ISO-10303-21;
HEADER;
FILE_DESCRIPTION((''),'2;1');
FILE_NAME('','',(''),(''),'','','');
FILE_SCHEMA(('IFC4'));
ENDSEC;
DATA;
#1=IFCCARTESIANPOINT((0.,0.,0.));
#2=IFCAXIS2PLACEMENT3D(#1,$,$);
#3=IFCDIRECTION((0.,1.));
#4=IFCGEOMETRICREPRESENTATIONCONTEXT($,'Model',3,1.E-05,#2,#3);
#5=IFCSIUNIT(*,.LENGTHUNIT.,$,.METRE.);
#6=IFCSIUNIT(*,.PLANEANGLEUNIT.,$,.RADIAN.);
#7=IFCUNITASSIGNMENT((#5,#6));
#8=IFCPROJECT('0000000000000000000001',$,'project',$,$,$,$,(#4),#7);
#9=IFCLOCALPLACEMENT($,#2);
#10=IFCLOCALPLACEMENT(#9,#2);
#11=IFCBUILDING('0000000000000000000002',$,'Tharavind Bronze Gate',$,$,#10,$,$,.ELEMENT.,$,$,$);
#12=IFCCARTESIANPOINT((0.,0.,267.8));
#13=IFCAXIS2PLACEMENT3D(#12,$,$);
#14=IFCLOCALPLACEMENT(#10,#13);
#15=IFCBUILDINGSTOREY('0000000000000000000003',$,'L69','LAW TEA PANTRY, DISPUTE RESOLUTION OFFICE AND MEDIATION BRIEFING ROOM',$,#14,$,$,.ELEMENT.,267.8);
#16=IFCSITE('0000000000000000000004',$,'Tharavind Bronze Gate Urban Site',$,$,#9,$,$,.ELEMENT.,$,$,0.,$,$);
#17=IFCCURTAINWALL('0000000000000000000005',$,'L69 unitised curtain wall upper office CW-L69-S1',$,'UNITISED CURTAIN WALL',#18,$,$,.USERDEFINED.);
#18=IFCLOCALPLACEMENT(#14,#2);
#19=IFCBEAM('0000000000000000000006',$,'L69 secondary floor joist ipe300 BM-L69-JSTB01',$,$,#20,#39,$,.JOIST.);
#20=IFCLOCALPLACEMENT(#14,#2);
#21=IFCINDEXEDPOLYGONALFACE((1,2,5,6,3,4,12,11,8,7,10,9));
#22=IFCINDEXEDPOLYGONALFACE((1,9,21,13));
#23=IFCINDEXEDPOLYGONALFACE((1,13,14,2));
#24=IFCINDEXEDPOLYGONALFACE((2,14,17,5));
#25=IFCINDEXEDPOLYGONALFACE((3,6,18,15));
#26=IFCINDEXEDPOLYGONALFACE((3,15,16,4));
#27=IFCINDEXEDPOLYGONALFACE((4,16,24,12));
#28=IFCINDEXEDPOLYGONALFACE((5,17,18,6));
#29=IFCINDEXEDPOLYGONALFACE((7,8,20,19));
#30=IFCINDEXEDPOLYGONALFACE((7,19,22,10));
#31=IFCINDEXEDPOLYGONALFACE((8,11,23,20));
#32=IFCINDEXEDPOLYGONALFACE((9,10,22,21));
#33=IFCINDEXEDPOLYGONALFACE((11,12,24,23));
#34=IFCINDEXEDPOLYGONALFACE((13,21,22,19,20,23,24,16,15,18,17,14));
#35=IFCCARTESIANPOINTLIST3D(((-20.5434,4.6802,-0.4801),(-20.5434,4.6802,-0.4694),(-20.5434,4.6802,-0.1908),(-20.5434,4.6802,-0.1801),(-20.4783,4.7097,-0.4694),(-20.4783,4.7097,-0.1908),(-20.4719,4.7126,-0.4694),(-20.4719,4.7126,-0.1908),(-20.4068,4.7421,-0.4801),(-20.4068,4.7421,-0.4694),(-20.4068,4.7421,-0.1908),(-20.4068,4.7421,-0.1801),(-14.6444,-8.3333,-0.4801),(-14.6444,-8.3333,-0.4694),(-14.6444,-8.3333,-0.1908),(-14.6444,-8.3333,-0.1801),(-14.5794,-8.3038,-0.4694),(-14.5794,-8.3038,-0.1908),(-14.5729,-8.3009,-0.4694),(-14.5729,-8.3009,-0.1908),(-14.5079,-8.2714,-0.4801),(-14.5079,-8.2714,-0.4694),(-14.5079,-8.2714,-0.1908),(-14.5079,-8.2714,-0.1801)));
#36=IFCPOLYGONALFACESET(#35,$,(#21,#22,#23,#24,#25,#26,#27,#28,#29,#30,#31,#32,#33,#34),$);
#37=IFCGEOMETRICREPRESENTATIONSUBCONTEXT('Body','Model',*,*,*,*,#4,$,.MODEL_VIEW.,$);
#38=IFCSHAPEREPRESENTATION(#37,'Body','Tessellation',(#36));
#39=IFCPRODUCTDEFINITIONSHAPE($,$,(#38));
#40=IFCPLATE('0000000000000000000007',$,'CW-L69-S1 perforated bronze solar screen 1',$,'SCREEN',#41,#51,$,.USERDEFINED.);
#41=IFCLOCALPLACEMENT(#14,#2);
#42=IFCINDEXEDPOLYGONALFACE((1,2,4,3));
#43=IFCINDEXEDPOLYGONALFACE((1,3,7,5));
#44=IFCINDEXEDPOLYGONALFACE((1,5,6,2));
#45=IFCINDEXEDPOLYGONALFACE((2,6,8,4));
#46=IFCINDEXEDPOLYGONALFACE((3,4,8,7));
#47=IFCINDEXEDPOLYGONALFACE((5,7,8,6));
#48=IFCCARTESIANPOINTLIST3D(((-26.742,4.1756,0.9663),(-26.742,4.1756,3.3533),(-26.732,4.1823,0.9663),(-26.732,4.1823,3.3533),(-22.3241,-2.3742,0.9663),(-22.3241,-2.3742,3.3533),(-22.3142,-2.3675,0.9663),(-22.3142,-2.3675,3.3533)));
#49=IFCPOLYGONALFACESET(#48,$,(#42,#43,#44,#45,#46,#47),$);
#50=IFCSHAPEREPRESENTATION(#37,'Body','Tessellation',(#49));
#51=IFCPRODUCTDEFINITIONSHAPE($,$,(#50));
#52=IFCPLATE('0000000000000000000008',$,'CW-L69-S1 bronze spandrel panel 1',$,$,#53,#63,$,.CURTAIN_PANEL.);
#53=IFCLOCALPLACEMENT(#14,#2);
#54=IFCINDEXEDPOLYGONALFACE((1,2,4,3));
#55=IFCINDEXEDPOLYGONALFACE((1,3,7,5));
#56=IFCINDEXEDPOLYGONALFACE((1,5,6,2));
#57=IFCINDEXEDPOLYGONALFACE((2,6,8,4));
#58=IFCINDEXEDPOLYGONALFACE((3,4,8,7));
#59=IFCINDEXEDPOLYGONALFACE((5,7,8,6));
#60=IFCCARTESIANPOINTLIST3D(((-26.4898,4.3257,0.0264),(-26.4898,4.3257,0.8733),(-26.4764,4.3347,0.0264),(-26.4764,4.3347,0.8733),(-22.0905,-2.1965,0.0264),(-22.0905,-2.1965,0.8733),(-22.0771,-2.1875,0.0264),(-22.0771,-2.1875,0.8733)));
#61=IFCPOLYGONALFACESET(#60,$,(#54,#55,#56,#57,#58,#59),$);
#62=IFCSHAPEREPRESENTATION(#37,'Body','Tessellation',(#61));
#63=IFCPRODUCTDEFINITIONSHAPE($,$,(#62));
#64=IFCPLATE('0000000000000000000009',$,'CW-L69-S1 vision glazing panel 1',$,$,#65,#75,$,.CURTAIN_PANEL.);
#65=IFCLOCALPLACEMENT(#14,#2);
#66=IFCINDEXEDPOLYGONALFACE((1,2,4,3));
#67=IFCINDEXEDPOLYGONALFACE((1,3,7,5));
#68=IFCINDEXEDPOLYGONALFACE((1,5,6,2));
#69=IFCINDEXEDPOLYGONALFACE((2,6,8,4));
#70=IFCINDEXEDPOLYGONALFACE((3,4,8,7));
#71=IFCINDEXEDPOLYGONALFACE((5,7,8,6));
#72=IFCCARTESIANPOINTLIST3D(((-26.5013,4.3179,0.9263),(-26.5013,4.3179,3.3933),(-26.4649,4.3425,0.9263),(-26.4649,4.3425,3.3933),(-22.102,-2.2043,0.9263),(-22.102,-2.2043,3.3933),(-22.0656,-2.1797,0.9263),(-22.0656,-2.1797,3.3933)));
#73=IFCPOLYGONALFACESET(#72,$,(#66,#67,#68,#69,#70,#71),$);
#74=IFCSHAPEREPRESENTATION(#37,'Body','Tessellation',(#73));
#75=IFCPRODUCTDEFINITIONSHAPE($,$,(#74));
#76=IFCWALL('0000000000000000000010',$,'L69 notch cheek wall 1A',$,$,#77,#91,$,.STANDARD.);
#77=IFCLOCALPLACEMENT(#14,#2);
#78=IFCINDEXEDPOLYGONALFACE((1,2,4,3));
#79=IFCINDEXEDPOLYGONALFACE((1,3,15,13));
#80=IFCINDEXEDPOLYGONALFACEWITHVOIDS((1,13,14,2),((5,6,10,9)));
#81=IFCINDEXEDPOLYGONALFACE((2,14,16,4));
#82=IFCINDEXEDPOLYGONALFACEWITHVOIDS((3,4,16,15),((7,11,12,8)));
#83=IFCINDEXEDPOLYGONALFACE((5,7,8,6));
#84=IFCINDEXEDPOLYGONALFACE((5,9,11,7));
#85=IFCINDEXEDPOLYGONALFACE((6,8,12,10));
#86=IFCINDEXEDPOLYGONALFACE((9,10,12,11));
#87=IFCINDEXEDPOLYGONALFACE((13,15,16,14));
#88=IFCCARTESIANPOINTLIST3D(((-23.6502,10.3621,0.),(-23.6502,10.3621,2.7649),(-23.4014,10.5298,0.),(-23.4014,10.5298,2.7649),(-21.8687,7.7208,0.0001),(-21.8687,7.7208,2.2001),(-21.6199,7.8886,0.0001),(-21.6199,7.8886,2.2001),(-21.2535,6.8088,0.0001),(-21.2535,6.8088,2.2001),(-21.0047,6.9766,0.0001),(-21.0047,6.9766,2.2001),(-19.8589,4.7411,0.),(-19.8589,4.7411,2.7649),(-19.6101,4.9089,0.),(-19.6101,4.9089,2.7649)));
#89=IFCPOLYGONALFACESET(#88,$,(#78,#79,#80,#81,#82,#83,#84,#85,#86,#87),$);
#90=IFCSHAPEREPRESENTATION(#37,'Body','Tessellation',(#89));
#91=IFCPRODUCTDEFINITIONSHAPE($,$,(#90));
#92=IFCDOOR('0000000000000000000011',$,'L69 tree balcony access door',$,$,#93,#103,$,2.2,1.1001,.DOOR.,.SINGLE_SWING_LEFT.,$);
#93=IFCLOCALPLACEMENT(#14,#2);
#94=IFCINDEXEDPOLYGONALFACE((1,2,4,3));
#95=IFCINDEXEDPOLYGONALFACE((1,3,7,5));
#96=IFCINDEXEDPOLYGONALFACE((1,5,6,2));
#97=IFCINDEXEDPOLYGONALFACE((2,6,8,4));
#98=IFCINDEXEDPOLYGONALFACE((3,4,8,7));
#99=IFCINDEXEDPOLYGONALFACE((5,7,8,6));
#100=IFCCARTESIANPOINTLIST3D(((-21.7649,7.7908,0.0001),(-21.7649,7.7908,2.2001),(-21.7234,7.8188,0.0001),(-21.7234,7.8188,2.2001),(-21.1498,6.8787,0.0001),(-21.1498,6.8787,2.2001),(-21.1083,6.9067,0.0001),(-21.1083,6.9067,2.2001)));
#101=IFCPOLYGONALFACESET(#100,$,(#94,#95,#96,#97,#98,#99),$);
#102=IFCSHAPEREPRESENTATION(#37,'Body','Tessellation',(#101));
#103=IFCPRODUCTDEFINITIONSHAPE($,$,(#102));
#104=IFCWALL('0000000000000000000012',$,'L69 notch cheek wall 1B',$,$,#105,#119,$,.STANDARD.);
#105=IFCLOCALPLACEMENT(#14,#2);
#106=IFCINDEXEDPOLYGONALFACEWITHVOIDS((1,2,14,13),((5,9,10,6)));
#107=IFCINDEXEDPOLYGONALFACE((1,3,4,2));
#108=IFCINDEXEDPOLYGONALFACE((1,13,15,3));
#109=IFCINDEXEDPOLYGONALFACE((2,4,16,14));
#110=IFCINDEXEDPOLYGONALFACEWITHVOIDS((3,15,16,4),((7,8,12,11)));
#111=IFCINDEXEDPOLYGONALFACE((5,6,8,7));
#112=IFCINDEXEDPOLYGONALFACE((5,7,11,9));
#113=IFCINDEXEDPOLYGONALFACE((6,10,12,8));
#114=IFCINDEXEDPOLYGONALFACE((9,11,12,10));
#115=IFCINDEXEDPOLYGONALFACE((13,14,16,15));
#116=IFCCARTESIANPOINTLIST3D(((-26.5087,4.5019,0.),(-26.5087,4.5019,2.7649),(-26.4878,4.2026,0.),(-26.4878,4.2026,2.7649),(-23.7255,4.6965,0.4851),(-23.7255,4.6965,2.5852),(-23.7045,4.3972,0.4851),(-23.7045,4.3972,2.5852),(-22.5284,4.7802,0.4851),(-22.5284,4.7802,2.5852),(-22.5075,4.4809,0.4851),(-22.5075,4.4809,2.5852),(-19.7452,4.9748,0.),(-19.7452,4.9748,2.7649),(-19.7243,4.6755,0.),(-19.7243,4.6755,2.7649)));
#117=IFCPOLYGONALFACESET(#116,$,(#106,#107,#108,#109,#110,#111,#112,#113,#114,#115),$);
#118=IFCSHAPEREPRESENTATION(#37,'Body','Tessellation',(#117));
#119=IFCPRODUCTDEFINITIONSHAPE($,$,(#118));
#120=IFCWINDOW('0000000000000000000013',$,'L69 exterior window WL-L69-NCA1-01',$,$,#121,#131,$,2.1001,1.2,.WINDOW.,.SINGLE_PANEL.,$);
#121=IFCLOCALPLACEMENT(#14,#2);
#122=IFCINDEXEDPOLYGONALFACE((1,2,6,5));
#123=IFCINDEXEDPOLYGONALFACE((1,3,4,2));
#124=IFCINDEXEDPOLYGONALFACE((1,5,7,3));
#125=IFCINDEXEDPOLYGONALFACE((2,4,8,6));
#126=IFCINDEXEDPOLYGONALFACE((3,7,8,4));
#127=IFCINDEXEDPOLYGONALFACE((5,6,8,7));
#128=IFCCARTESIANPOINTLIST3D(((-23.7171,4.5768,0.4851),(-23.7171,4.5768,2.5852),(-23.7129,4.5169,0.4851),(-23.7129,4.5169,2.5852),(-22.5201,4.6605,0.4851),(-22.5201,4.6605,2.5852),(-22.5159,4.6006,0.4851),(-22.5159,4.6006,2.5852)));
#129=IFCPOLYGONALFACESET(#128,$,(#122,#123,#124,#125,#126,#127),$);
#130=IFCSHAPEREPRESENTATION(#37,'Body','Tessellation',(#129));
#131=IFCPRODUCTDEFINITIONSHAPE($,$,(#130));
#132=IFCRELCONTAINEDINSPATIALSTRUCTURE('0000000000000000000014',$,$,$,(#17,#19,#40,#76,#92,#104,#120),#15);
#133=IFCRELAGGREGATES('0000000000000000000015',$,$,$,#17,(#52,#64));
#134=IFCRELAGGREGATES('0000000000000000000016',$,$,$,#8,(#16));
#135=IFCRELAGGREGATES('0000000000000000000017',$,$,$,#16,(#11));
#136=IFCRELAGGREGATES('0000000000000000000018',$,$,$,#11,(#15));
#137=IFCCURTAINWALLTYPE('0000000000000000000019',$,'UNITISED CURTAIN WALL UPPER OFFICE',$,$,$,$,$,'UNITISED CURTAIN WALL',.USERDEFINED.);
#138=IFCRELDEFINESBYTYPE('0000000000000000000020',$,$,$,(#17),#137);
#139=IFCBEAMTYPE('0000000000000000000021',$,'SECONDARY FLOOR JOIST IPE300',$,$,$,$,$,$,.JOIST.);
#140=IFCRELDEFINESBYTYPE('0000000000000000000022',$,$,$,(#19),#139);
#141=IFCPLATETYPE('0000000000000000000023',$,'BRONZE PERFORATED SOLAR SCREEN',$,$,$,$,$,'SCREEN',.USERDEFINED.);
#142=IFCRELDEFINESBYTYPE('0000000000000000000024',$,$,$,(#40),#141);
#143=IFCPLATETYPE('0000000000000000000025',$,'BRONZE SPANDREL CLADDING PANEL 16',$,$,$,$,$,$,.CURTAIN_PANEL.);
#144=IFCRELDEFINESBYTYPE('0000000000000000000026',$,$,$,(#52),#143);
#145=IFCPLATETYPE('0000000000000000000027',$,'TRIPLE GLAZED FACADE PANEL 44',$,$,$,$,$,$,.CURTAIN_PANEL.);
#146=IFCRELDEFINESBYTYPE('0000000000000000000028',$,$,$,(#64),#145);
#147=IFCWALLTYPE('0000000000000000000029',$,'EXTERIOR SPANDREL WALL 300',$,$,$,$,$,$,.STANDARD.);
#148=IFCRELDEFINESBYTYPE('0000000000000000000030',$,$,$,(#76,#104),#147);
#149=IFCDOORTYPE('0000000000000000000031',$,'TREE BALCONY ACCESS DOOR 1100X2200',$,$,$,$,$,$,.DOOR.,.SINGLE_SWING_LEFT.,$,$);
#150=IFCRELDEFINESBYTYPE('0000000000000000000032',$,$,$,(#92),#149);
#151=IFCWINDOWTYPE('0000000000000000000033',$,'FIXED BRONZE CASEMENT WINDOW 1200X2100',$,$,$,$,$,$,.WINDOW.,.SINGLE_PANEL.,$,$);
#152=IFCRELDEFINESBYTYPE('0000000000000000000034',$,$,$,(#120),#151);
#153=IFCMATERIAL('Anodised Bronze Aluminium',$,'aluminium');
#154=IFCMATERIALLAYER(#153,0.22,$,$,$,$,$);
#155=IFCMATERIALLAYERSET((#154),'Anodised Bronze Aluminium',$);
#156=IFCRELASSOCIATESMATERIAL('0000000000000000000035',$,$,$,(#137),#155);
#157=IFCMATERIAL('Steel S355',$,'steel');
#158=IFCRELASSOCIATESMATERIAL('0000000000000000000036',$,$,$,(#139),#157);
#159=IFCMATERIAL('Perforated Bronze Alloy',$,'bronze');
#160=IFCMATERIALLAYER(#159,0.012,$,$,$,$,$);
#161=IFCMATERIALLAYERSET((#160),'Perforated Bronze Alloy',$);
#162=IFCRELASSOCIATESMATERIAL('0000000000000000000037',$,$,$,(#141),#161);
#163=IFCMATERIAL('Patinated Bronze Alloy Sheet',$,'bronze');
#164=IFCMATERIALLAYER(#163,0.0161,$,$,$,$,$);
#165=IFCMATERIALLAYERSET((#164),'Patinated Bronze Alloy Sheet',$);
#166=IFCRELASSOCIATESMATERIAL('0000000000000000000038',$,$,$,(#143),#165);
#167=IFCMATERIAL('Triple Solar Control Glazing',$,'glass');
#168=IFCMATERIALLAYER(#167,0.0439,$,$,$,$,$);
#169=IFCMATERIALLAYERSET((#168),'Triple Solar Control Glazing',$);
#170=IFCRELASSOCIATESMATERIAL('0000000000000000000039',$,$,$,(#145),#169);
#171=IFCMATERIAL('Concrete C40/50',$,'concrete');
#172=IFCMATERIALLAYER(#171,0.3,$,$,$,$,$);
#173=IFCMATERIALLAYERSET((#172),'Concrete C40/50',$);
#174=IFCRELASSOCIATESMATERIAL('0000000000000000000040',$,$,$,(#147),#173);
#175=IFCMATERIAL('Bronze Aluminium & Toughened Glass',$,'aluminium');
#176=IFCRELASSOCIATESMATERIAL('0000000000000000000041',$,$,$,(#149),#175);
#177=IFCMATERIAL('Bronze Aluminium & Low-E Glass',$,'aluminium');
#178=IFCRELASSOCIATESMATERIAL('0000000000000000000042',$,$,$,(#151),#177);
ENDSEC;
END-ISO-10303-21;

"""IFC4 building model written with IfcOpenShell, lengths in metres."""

from ifc_helpers import new_model, si_unit, direction, frame, frame_2d, origin, origin_2d, place, context, subcontext, project, spatial, rectangle, i_section, extrude, material, layer, layer_set, material_profile, profile_set, type_object, element, fill, aggregate, save


model = new_model("IFC4")

# Units and contexts
model_context = context("Model", 3, precision=1e-05, world=origin(), true_north=direction((0.0, 1.0)))
body_context = subcontext(model_context, "Body", "Model", "MODEL_VIEW")
ifc_project = project(units=[si_unit("LENGTHUNIT", "METRE"), si_unit("PLANEANGLEUNIT", "RADIAN")], contexts=[model_context])

# Site, building, storey
site_placement = place(None, origin())
site = spatial("IfcSite", under=ifc_project, at=site_placement, Name="Tharavind Bronze Gate Urban Site", CompositionType="ELEMENT", RefElevation=0.0)
building_placement = place(site_placement, origin())
building = spatial("IfcBuilding", under=site, at=building_placement, Name="Tharavind Bronze Gate", CompositionType="ELEMENT")
storey_placement = place(building_placement, frame((0.0, 0.0, 267.8)))
storey = spatial("IfcBuildingStorey", under=building, at=storey_placement, Name="L69", Description="LAW TEA PANTRY, DISPUTE RESOLUTION OFFICE AND MEDIATION BRIEFING ROOM", CompositionType="ELEMENT", Elevation=267.8)

# Curtain wall
ifc_material_1 = material(Name="Anodised Bronze Aluminium", Category="aluminium")
ifc_layer_1 = layer(ifc_material_1, 0.22)
ifc_layer_set_1 = layer_set([ifc_layer_1], Name="Anodised Bronze Aluminium")
curtain_wall_type = type_object("IfcCurtainWallType", Name="UNITISED CURTAIN WALL UPPER OFFICE", ElementType="UNITISED CURTAIN WALL", PredefinedType="USERDEFINED", material=ifc_layer_set_1)
curtain_wall_1_placement = place(storey_placement, origin())
curtain_wall_1 = element("IfcCurtainWall", 1, at=curtain_wall_1_placement, inside=storey, type_object=curtain_wall_type, Name="L69 unitised curtain wall upper office CW-L69-S1", ObjectType="UNITISED CURTAIN WALL", PredefinedType="USERDEFINED")

# Beam
ifc_material_2 = material(Name="Steel S355", Category="steel")
ifc_material_profile_1 = material_profile(ifc_material_2, i_section(OverallWidth=0.1499, OverallDepth=0.3, WebThickness=0.0071, FlangeThickness=0.0107, at=origin_2d()), Name="IPE300")
ifc_profile_set_1 = profile_set([ifc_material_profile_1], Name="Steel S355")
beam_type_1 = type_object("IfcBeamType", Name="SECONDARY FLOOR JOIST IPE300", PredefinedType="JOIST", material=ifc_profile_set_1)
beam_1_placement = place(storey_placement, frame((-20.4751, 4.7112, -0.3301), z_axis=(0.412859, -0.910795, 0.0), x_axis=(0.910795, 0.412859, 0.0)))
element("IfcBeam", 2, at=beam_1_placement, inside=storey, type_object=beam_type_1, Name="L69 secondary floor joist ipe300 BM-L69-JSTB01", PredefinedType="JOIST", context=body_context, shape_type="SweptSolid", body=[
    extrude(i_section(OverallWidth=0.1499, OverallDepth=0.3, WebThickness=0.0071, FlangeThickness=0.0107, at=origin_2d()), origin(), (0.0, 0.0, 1.0), 14.2881),
])

# Plates
ifc_material_3 = material(Name="Perforated Bronze Alloy", Category="bronze")
ifc_layer_2 = layer(ifc_material_3, 0.012)
ifc_layer_set_2 = layer_set([ifc_layer_2], Name="Perforated Bronze Alloy")
plate_type_1 = type_object("IfcPlateType", Name="BRONZE PERFORATED SOLAR SCREEN", ElementType="SCREEN", PredefinedType="USERDEFINED", material=ifc_layer_set_2)
plate_1_placement = place(storey_placement, frame((-24.5281, 0.9041, 0.9663), z_axis=(0.0, 0.0, 1.0), x_axis=(0.559191, -0.829039, 0.0)))
element("IfcPlate", 3, at=plate_1_placement, inside=storey, type_object=plate_type_1, Name="CW-L69-S1 perforated bronze solar screen 1", ObjectType="SCREEN", PredefinedType="USERDEFINED", context=body_context, shape_type="SweptSolid", body=[
    extrude(rectangle(XDim=7.9004, YDim=0.012, at=origin_2d()), origin(), (0.0, 0.0, 1.0), 2.387),
])
ifc_material_4 = material(Name="Patinated Bronze Alloy Sheet", Category="bronze")
ifc_layer_3 = layer(ifc_material_4, 0.0161)
ifc_layer_set_3 = layer_set([ifc_layer_3], Name="Patinated Bronze Alloy Sheet")
plate_type_2 = type_object("IfcPlateType", Name="BRONZE SPANDREL CLADDING PANEL 16", PredefinedType="CURTAIN_PANEL", material=ifc_layer_set_3)
plate_2_placement = place(storey_placement, frame((-24.2834, 1.0691, 0.0264), z_axis=(0.0, 0.0, 1.0), x_axis=(0.559191, -0.829039, 0.0)))
plate_2 = element("IfcPlate", 4, at=plate_2_placement, type_object=plate_type_2, Name="CW-L69-S1 bronze spandrel panel 1", PredefinedType="CURTAIN_PANEL", context=body_context, shape_type="SweptSolid", body=[
    extrude(rectangle(XDim=7.8672, YDim=0.0161, at=origin_2d()), origin(), (0.0, 0.0, 1.0), 0.8469),
])
ifc_material_5 = material(Name="Triple Solar Control Glazing", Category="glass")
ifc_layer_4 = layer(ifc_material_5, 0.0439)
ifc_layer_set_4 = layer_set([ifc_layer_4], Name="Triple Solar Control Glazing")
plate_type_3 = type_object("IfcPlateType", Name="TRIPLE GLAZED FACADE PANEL 44", PredefinedType="CURTAIN_PANEL", material=ifc_layer_set_4)
plate_3_placement = place(storey_placement, frame((-24.2834, 1.0691, 0.9263), z_axis=(0.0, 0.0, 1.0), x_axis=(0.559191, -0.829039, 0.0)))
plate_3 = element("IfcPlate", 5, at=plate_3_placement, type_object=plate_type_3, Name="CW-L69-S1 vision glazing panel 1", PredefinedType="CURTAIN_PANEL", context=body_context, shape_type="SweptSolid", body=[
    extrude(rectangle(XDim=7.8672, YDim=0.0439, at=origin_2d()), origin(), (0.0, 0.0, 1.0), 2.467),
])
aggregate(curtain_wall_1, [plate_2, plate_3])

# Wall, opening, door
ifc_material_6 = material(Name="Concrete C40/50", Category="concrete")
ifc_layer_5 = layer(ifc_material_6, 0.3)
ifc_layer_set_5 = layer_set([ifc_layer_5], Name="Concrete C40/50")
wall_type = type_object("IfcWallType", Name="EXTERIOR SPANDREL WALL 300", PredefinedType="STANDARD", material=ifc_layer_set_5)
wall_1_placement = place(storey_placement, frame((-23.5259, 10.446, 0.0), z_axis=(0.0, 0.0, 1.0), x_axis=(0.559188, -0.829041, 0.0)))
wall_1 = element("IfcWall", 6, at=wall_1_placement, inside=storey, type_object=wall_type, Name="L69 notch cheek wall 1A", PredefinedType="STANDARD", context=body_context, shape_type="SweptSolid", body=[
    extrude(rectangle(XDim=6.78, YDim=0.3, at=frame_2d((3.3901, 0.0))), origin(), (0.0, 0.0, 1.0), 2.7649),
])
opening_1_placement = place(wall_1_placement, frame((3.186, 0.0, 0.0)))
opening_1 = element("IfcOpeningElement", 7, at=opening_1_placement, cuts=wall_1, PredefinedType="OPENING", context=body_context, shape_type="SweptSolid", body=[
    extrude(rectangle(XDim=1.1001, YDim=2.2, at=frame_2d((0.55, 1.1001))), frame((0.0, 0.1599, 0.0), z_axis=(0.0, -1.0, 0.0), x_axis=(1.0, 0.0, 0.0)), (0.0, 0.0, 1.0), 0.32),
])
ifc_material_7 = material(Name="Bronze Aluminium & Toughened Glass", Category="aluminium")
door_type = type_object("IfcDoorType", Name="TREE BALCONY ACCESS DOOR 1100X2200", OperationType="SINGLE_SWING_LEFT", PredefinedType="DOOR", material=ifc_material_7)
door_placement = place(opening_1_placement, frame((1.1001, 0.0, 0.0), z_axis=(0.0, 0.0, 1.0), x_axis=(-1.0, 0.0, 0.0)))
door = element("IfcDoor", 8, at=door_placement, inside=storey, type_object=door_type, Name="L69 tree balcony access door", OperationType="SINGLE_SWING_LEFT", OverallHeight=2.2, OverallWidth=1.1001, PredefinedType="DOOR", context=body_context, shape_type="SweptSolid", body=[
    extrude(rectangle(XDim=1.1001, YDim=2.2, at=frame_2d((0.55, 1.1001))), frame((0.0, 0.0249, 0.0), z_axis=(0.0, -1.0, 0.0), x_axis=(1.0, 0.0, 0.0)), (0.0, 0.0, 1.0), 0.05),
])
fill(opening_1, door)

# Wall, opening, window
wall_2_placement = place(storey_placement, frame((-19.7346, 4.8252, 0.0), z_axis=(0.0, 0.0, 1.0), x_axis=(-0.997565, -0.06975, 0.0)))
wall_2 = element("IfcWall", 9, at=wall_2_placement, inside=storey, type_object=wall_type, Name="L69 notch cheek wall 1B", PredefinedType="STANDARD", context=body_context, shape_type="SweptSolid", body=[
    extrude(rectangle(XDim=6.78, YDim=0.3, at=frame_2d((3.3901, 0.0))), origin(), (0.0, 0.0, 1.0), 2.7649),
])
opening_2_placement = place(wall_2_placement, frame((2.79, 0.0, 0.4851)))
opening_2 = element("IfcOpeningElement", 10, at=opening_2_placement, cuts=wall_2, PredefinedType="OPENING", context=body_context, shape_type="SweptSolid", body=[
    extrude(rectangle(XDim=1.2, YDim=2.1001, at=frame_2d((0.6001, 1.05))), frame((0.0, 0.1599, 0.0), z_axis=(0.0, -1.0, 0.0), x_axis=(1.0, 0.0, 0.0)), (0.0, 0.0, 1.0), 0.32),
])
ifc_material_8 = material(Name="Bronze Aluminium & Low-E Glass", Category="aluminium")
window_type = type_object("IfcWindowType", Name="FIXED BRONZE CASEMENT WINDOW 1200X2100", PartitioningType="SINGLE_PANEL", PredefinedType="WINDOW", material=ifc_material_8)
window_placement = place(opening_2_placement, origin())
window = element("IfcWindow", 11, at=window_placement, inside=storey, type_object=window_type, Name="L69 exterior window WL-L69-NCA1-01", OverallHeight=2.1001, OverallWidth=1.2, PartitioningType="SINGLE_PANEL", PredefinedType="WINDOW", context=body_context, shape_type="SweptSolid", body=[
    extrude(rectangle(XDim=1.2, YDim=2.1001, at=frame_2d((0.6001, 1.05))), frame((0.0, 0.03, 0.0), z_axis=(0.0, -1.0, 0.0), x_axis=(1.0, 0.0, 0.0)), (0.0, 0.0, 1.0), 0.0601),
])
fill(opening_2, window)

save(model, "model.ifc")
